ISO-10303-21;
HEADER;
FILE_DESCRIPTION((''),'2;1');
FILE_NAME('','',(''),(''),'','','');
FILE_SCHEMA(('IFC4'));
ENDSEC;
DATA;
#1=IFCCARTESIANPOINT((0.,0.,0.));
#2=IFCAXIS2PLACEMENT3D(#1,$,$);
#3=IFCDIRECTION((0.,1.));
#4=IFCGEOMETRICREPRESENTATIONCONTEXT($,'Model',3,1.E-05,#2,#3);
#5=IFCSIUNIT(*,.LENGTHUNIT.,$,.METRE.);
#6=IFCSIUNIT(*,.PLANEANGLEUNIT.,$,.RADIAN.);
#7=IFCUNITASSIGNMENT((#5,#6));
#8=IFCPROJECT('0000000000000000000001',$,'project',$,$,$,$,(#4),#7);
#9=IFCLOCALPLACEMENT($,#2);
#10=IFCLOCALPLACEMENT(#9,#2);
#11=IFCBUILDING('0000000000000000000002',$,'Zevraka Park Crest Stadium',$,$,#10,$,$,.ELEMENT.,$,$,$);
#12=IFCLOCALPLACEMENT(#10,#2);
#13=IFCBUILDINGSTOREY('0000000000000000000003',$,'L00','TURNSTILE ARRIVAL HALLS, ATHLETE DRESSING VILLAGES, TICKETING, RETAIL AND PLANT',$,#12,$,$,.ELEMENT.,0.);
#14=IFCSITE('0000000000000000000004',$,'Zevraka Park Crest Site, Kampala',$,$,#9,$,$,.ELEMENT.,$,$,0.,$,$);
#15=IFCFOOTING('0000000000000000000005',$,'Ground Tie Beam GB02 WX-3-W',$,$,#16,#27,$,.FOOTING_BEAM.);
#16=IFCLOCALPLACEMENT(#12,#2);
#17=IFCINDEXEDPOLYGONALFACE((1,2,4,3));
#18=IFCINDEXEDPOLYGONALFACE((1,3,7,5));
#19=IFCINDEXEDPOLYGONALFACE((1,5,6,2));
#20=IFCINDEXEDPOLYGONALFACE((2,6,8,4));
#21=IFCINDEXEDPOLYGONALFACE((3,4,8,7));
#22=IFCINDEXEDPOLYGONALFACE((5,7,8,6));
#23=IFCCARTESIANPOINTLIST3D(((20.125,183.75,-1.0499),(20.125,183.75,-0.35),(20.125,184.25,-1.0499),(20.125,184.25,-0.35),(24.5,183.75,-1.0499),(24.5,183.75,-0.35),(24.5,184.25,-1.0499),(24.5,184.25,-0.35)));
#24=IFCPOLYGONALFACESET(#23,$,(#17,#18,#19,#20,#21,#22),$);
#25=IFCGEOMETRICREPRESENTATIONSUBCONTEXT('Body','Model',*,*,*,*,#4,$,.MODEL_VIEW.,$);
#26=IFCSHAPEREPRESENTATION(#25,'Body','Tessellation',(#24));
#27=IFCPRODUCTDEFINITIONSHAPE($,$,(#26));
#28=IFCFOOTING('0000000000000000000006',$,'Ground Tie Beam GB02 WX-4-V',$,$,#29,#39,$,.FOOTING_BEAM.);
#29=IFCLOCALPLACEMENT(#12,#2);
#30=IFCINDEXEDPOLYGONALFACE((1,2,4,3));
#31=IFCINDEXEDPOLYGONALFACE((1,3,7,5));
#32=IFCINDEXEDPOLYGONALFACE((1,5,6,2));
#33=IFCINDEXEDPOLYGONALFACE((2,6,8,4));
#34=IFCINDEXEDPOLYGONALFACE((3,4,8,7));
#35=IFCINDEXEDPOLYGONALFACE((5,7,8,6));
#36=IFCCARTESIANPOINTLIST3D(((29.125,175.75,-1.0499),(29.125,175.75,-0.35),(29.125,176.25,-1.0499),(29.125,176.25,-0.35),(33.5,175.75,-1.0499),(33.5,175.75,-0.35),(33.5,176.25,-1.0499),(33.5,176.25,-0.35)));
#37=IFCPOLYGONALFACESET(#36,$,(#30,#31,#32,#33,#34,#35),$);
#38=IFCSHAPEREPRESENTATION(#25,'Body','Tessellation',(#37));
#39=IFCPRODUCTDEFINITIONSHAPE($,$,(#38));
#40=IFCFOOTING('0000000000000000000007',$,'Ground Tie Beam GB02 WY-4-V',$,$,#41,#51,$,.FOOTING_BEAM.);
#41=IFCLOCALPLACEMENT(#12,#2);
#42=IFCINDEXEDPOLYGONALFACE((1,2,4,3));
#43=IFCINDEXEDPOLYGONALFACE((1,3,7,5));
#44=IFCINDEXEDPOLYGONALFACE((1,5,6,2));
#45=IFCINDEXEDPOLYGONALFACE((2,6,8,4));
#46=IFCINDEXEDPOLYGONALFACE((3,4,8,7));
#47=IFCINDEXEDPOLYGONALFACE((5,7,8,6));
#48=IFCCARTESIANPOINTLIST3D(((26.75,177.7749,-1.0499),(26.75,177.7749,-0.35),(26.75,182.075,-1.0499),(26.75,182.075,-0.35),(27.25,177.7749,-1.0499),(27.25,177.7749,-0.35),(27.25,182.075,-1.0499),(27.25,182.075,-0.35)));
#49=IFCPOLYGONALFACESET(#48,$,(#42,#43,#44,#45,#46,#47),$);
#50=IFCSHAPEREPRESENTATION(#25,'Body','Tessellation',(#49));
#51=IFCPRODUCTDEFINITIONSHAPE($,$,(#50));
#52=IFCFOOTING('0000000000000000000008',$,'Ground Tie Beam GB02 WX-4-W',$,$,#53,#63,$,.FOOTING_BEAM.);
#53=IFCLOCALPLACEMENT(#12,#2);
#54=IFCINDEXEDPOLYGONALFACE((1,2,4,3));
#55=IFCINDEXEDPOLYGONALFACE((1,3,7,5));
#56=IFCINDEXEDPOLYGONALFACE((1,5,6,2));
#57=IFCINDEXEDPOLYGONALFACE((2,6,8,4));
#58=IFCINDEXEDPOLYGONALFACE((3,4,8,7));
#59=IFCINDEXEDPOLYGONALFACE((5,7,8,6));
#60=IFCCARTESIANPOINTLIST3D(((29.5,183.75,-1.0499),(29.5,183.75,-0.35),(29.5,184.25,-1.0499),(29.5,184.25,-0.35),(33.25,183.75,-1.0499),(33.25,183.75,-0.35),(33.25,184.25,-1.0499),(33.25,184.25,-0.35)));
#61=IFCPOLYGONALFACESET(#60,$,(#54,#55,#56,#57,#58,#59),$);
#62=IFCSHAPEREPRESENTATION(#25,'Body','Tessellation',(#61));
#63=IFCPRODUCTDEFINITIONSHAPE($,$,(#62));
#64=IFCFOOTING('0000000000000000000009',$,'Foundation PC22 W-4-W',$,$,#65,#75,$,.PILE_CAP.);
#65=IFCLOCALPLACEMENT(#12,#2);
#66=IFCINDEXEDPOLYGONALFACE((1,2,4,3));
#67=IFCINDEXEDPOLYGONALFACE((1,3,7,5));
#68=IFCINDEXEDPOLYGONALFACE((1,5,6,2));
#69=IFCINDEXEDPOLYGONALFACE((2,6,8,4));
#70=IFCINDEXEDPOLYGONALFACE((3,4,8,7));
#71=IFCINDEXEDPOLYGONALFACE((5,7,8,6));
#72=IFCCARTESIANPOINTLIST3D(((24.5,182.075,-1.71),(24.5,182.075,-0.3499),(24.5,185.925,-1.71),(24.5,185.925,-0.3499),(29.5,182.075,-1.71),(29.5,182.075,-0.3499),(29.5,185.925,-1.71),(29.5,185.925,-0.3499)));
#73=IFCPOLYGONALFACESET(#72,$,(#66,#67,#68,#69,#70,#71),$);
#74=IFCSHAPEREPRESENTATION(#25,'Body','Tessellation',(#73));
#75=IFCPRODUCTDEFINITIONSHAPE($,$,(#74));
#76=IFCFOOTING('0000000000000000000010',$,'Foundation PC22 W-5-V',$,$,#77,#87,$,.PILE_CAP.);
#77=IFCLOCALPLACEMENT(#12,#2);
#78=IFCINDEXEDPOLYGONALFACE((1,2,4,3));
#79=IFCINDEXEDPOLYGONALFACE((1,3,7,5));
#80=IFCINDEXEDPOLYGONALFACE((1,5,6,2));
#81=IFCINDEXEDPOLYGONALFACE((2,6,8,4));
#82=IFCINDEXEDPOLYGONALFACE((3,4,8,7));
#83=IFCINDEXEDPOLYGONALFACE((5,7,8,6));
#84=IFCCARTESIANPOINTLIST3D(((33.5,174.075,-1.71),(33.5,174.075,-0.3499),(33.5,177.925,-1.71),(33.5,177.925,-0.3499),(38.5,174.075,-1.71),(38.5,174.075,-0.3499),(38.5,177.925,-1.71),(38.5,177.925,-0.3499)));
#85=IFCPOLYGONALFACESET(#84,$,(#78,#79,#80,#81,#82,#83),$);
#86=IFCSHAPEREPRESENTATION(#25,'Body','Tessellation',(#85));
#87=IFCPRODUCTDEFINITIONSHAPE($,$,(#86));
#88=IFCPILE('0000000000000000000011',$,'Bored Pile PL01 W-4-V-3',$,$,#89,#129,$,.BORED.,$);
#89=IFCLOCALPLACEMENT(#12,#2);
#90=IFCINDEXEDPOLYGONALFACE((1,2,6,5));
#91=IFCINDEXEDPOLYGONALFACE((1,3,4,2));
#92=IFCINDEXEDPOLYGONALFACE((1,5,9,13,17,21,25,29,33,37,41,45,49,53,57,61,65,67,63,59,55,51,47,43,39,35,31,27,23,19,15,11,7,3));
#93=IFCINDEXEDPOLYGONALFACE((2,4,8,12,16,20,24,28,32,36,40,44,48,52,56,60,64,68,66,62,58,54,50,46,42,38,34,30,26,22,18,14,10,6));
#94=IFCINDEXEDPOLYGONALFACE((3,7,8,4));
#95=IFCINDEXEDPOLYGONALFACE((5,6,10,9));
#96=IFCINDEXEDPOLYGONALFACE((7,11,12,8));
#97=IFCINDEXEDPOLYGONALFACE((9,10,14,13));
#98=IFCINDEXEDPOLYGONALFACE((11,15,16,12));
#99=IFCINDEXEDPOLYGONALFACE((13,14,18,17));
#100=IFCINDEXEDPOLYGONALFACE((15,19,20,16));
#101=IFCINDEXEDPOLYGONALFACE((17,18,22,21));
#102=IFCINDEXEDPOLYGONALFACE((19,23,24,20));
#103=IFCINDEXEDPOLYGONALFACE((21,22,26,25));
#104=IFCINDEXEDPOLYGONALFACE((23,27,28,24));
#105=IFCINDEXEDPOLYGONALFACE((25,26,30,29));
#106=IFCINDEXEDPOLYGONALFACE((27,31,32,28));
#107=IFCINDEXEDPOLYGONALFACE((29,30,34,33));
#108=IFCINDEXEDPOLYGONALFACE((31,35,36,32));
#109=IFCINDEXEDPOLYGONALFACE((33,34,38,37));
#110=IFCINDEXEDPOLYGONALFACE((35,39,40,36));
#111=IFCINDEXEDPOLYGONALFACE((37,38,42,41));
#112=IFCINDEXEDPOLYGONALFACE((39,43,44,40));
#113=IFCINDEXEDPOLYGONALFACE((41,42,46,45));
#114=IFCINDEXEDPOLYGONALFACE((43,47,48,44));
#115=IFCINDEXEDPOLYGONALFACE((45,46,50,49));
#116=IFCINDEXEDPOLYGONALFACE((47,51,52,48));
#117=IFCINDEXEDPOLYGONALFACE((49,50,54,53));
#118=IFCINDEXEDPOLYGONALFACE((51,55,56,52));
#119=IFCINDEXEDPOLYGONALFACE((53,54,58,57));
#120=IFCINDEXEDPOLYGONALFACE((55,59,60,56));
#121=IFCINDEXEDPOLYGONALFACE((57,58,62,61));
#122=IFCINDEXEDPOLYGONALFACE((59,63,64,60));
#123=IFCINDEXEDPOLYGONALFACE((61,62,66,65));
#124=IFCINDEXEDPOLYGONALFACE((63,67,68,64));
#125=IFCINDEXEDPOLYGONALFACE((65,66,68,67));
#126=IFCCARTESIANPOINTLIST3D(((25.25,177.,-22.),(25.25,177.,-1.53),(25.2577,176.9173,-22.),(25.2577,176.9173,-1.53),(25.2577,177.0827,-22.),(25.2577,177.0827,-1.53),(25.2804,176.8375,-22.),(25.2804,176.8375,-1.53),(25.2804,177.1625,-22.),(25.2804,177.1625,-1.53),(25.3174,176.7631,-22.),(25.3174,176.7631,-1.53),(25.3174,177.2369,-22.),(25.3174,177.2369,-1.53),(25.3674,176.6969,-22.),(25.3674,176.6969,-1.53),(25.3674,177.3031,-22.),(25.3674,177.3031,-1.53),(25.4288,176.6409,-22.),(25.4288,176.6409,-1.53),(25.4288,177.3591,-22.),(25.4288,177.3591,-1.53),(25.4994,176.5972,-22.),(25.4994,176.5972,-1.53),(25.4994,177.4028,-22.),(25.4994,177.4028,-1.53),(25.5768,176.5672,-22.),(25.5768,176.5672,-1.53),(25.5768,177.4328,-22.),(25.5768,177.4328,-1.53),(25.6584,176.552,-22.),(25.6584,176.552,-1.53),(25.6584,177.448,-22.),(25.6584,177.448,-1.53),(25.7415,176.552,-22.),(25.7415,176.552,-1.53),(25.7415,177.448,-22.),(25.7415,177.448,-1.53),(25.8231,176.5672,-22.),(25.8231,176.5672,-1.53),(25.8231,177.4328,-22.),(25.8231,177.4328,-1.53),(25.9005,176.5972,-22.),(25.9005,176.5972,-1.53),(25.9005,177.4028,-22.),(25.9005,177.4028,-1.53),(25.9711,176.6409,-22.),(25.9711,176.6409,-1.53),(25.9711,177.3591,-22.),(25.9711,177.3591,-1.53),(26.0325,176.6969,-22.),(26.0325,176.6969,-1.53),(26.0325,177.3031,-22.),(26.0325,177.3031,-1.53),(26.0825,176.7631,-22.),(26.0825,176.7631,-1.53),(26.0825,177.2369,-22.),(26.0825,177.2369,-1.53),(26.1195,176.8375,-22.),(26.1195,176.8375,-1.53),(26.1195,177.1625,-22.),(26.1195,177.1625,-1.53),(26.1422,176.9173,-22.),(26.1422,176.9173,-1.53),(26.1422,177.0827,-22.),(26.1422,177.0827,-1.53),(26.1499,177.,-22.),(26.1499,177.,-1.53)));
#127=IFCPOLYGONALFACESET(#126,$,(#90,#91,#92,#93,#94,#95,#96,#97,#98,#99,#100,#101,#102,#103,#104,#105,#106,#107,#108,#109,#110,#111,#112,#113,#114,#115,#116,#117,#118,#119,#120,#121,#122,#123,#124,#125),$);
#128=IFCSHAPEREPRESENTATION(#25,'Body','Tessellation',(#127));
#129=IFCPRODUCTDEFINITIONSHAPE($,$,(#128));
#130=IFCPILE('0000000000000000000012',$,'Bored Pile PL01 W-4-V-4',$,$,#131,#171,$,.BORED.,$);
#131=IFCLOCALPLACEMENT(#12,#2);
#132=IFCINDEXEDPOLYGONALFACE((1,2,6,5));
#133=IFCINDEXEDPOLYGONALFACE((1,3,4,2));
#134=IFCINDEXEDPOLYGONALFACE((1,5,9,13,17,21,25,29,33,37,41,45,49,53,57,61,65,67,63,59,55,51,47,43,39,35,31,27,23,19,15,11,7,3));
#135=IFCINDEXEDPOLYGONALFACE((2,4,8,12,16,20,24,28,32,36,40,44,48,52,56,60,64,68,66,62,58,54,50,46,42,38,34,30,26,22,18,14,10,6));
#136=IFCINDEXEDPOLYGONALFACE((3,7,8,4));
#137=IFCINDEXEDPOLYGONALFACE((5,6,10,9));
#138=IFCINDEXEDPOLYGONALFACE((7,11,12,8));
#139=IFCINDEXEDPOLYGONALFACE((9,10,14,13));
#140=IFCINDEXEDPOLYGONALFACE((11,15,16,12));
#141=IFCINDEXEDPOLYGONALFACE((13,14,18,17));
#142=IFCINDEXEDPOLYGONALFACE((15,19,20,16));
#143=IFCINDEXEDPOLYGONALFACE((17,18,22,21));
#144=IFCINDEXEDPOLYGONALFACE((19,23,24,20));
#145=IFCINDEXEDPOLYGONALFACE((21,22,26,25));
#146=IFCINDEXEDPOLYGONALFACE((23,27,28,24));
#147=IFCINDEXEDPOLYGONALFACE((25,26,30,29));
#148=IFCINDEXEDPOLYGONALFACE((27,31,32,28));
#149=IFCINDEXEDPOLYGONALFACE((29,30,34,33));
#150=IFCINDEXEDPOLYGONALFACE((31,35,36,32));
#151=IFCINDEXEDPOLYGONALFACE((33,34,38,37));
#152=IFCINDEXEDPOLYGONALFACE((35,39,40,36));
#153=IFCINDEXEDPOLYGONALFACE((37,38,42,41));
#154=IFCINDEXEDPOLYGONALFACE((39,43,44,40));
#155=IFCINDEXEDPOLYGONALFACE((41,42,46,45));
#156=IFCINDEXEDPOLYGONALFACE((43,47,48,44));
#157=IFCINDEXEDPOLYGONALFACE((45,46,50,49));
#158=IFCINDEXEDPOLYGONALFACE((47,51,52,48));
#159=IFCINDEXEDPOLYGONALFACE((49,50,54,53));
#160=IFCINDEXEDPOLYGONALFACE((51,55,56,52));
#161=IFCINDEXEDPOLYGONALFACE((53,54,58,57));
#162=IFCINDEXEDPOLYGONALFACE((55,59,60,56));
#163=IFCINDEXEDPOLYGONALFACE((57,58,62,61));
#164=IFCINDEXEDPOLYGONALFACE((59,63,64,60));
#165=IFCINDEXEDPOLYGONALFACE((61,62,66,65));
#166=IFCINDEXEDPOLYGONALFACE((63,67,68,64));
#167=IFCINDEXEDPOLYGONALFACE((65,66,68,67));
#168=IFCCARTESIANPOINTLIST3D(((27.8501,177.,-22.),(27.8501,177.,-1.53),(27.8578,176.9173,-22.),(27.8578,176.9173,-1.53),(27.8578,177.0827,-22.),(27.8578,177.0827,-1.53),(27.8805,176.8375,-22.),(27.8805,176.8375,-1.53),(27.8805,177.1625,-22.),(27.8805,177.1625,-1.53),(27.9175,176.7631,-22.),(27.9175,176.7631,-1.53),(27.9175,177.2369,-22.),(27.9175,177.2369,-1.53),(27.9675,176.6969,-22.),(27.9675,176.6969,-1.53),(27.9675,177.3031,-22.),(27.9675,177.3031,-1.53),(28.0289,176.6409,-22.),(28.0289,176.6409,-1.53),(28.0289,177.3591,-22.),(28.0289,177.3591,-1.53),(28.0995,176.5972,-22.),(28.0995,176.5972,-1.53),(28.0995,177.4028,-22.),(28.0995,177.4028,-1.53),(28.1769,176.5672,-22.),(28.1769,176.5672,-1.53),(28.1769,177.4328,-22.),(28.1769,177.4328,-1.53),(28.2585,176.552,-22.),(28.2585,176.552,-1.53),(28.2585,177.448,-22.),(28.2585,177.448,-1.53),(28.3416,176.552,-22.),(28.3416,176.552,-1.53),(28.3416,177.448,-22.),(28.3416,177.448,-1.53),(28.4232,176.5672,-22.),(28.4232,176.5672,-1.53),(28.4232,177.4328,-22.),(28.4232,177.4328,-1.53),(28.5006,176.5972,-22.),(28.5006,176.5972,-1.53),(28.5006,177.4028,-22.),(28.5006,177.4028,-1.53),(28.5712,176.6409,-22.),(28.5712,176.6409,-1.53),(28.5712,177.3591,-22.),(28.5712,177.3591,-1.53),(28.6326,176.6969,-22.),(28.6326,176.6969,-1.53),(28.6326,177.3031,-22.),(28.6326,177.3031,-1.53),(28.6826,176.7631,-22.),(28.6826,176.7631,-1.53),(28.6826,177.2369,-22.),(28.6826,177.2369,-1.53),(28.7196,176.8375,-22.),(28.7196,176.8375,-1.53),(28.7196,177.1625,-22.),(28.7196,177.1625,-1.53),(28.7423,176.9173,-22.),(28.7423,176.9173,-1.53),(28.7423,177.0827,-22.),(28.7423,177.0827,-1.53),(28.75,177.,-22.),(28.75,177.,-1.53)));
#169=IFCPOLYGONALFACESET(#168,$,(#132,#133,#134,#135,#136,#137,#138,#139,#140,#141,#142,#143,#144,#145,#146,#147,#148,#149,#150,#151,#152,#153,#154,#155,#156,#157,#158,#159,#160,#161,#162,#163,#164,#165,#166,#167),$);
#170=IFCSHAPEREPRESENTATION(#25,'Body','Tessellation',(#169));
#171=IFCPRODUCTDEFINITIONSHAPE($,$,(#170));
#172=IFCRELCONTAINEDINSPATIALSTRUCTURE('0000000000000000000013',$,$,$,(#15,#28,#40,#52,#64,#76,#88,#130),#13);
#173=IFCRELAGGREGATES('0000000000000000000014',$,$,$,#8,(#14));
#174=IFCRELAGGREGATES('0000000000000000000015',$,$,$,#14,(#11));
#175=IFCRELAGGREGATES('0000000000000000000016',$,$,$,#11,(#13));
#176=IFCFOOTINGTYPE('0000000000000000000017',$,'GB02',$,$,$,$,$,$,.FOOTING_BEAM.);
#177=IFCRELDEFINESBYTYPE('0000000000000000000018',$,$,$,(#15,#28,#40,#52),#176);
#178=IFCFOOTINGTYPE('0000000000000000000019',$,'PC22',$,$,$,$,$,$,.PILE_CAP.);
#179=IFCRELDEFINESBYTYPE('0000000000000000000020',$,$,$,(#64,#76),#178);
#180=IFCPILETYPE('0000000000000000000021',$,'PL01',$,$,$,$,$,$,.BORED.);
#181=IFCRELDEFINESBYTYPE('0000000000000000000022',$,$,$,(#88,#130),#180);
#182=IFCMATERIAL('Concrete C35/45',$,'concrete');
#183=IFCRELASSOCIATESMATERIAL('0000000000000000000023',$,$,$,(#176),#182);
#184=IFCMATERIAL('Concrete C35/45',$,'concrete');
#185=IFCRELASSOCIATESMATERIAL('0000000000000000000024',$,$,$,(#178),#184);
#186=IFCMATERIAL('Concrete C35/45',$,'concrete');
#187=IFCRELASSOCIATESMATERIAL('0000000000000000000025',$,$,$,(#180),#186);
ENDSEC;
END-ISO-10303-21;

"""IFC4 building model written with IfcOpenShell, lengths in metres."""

from ifc_helpers import new_model, si_unit, direction, frame, origin, origin_2d, place, context, subcontext, project, spatial, rectangle, circle, extrude, material, material_profile, profile_set, type_object, element, save


model = new_model("IFC4")

# Units and contexts
model_context = context("Model", 3, precision=1e-05, world=origin(), true_north=direction((0.0, 1.0)))
body_context = subcontext(model_context, "Body", "Model", "MODEL_VIEW")
ifc_project = project(units=[si_unit("LENGTHUNIT", "METRE"), si_unit("PLANEANGLEUNIT", "RADIAN")], contexts=[model_context])

# Site, building, storey
site_placement = place(None, origin())
site = spatial("IfcSite", under=ifc_project, at=site_placement, Name="Zevraka Park Crest Site, Kampala", CompositionType="ELEMENT", RefElevation=0.0)
building_placement = place(site_placement, origin())
building = spatial("IfcBuilding", under=site, at=building_placement, Name="Zevraka Park Crest Stadium", CompositionType="ELEMENT")
storey_placement = place(building_placement, origin())
storey = spatial("IfcBuildingStorey", under=building, at=storey_placement, Name="L00", Description="TURNSTILE ARRIVAL HALLS, ATHLETE DRESSING VILLAGES, TICKETING, RETAIL AND PLANT", CompositionType="ELEMENT", Elevation=0.0)

# Footings
ifc_material_1 = material(Name="Concrete C35/45", Category="concrete")
ifc_material_profile_1 = material_profile(ifc_material_1, rectangle(XDim=0.5, YDim=0.7, at=origin_2d()), Name="GB 700x500")
ifc_profile_set_1 = profile_set([ifc_material_profile_1], Name="Concrete C35/45")
footing_type_1 = type_object("IfcFootingType", Name="GB02", PredefinedType="FOOTING_BEAM", material=ifc_profile_set_1)
for number, where, z_axis, x_axis, name in (
    (1, (20.125, 184.0, -0.7), (1.0, 0.0, 0.0), (0.0, 1.0, 0.0), "Ground Tie Beam GB02 WX-3-W"),
    (2, (29.125, 176.0, -0.7), (1.0, 0.0, 0.0), (0.0, 1.0, 0.0), "Ground Tie Beam GB02 WX-4-V"),
):
    element("IfcFooting", number, at=place(storey_placement, frame(where, z_axis=z_axis, x_axis=x_axis)), inside=storey, type_object=footing_type_1, Name=name, PredefinedType="FOOTING_BEAM", context=body_context, shape_type="SweptSolid", body=[
        extrude(rectangle(XDim=0.5, YDim=0.7, at=origin_2d()), origin(), (0.0, 0.0, 1.0), 4.375),
    ])
footing_1_placement = place(storey_placement, frame((27.0, 177.7749, -0.7), z_axis=(0.0, 1.0, 0.0), x_axis=(-1.0, 0.0, 0.0)))
element("IfcFooting", 3, at=footing_1_placement, inside=storey, type_object=footing_type_1, Name="Ground Tie Beam GB02 WY-4-V", PredefinedType="FOOTING_BEAM", context=body_context, shape_type="SweptSolid", body=[
    extrude(rectangle(XDim=0.5, YDim=0.7, at=origin_2d()), origin(), (0.0, 0.0, 1.0), 4.3),
])
footing_2_placement = place(storey_placement, frame((29.5, 184.0, -0.7), z_axis=(1.0, 0.0, 0.0), x_axis=(0.0, 1.0, 0.0)))
element("IfcFooting", 4, at=footing_2_placement, inside=storey, type_object=footing_type_1, Name="Ground Tie Beam GB02 WX-4-W", PredefinedType="FOOTING_BEAM", context=body_context, shape_type="SweptSolid", body=[
    extrude(rectangle(XDim=0.5, YDim=0.7, at=origin_2d()), origin(), (0.0, 0.0, 1.0), 3.75),
])
ifc_material_2 = material(Name="Concrete C35/45", Category="concrete")
footing_type_2 = type_object("IfcFootingType", Name="PC22", PredefinedType="PILE_CAP", material=ifc_material_2)
for number, where, z_axis, x_axis, name in (
    (5, (27.0, 184.0, -1.71), (0.0, 0.0, 1.0), (1.0, 0.0, 0.0), "Foundation PC22 W-4-W"),
    (6, (36.0, 176.0, -1.71), (0.0, 0.0, 1.0), (1.0, 0.0, 0.0), "Foundation PC22 W-5-V"),
):
    element("IfcFooting", number, at=place(storey_placement, frame(where, z_axis=z_axis, x_axis=x_axis)), inside=storey, type_object=footing_type_2, Name=name, PredefinedType="PILE_CAP", context=body_context, shape_type="SweptSolid", body=[
        extrude(rectangle(XDim=5.0, YDim=3.8501, at=origin_2d()), origin(), (0.0, 0.0, 1.0), 1.3601),
    ])

# Piles
ifc_material_3 = material(Name="Concrete C35/45", Category="concrete")
ifc_material_profile_2 = material_profile(ifc_material_3, circle(Radius=0.45, at=origin_2d()), Name="PILE D900")
ifc_profile_set_2 = profile_set([ifc_material_profile_2], Name="Concrete C35/45")
pile_type_1 = type_object("IfcPileType", Name="PL01", PredefinedType="BORED", material=ifc_profile_set_2)
for number, where, z_axis, x_axis, name in (
    (7, (25.7, 177.0, -1.53), (0.0, 0.0, -1.0), (1.0, 0.0, 0.0), "Bored Pile PL01 W-4-V-3"),
    (8, (28.3, 177.0, -1.53), (0.0, 0.0, -1.0), (1.0, 0.0, 0.0), "Bored Pile PL01 W-4-V-4"),
):
    element("IfcPile", number, at=place(storey_placement, frame(where, z_axis=z_axis, x_axis=x_axis)), inside=storey, type_object=pile_type_1, Name=name, PredefinedType="BORED", context=body_context, shape_type="SweptSolid", body=[
        extrude(circle(Radius=0.45, at=origin_2d()), origin(), (0.0, 0.0, 1.0), 20.47),
    ])

save(model, "model.ifc")
